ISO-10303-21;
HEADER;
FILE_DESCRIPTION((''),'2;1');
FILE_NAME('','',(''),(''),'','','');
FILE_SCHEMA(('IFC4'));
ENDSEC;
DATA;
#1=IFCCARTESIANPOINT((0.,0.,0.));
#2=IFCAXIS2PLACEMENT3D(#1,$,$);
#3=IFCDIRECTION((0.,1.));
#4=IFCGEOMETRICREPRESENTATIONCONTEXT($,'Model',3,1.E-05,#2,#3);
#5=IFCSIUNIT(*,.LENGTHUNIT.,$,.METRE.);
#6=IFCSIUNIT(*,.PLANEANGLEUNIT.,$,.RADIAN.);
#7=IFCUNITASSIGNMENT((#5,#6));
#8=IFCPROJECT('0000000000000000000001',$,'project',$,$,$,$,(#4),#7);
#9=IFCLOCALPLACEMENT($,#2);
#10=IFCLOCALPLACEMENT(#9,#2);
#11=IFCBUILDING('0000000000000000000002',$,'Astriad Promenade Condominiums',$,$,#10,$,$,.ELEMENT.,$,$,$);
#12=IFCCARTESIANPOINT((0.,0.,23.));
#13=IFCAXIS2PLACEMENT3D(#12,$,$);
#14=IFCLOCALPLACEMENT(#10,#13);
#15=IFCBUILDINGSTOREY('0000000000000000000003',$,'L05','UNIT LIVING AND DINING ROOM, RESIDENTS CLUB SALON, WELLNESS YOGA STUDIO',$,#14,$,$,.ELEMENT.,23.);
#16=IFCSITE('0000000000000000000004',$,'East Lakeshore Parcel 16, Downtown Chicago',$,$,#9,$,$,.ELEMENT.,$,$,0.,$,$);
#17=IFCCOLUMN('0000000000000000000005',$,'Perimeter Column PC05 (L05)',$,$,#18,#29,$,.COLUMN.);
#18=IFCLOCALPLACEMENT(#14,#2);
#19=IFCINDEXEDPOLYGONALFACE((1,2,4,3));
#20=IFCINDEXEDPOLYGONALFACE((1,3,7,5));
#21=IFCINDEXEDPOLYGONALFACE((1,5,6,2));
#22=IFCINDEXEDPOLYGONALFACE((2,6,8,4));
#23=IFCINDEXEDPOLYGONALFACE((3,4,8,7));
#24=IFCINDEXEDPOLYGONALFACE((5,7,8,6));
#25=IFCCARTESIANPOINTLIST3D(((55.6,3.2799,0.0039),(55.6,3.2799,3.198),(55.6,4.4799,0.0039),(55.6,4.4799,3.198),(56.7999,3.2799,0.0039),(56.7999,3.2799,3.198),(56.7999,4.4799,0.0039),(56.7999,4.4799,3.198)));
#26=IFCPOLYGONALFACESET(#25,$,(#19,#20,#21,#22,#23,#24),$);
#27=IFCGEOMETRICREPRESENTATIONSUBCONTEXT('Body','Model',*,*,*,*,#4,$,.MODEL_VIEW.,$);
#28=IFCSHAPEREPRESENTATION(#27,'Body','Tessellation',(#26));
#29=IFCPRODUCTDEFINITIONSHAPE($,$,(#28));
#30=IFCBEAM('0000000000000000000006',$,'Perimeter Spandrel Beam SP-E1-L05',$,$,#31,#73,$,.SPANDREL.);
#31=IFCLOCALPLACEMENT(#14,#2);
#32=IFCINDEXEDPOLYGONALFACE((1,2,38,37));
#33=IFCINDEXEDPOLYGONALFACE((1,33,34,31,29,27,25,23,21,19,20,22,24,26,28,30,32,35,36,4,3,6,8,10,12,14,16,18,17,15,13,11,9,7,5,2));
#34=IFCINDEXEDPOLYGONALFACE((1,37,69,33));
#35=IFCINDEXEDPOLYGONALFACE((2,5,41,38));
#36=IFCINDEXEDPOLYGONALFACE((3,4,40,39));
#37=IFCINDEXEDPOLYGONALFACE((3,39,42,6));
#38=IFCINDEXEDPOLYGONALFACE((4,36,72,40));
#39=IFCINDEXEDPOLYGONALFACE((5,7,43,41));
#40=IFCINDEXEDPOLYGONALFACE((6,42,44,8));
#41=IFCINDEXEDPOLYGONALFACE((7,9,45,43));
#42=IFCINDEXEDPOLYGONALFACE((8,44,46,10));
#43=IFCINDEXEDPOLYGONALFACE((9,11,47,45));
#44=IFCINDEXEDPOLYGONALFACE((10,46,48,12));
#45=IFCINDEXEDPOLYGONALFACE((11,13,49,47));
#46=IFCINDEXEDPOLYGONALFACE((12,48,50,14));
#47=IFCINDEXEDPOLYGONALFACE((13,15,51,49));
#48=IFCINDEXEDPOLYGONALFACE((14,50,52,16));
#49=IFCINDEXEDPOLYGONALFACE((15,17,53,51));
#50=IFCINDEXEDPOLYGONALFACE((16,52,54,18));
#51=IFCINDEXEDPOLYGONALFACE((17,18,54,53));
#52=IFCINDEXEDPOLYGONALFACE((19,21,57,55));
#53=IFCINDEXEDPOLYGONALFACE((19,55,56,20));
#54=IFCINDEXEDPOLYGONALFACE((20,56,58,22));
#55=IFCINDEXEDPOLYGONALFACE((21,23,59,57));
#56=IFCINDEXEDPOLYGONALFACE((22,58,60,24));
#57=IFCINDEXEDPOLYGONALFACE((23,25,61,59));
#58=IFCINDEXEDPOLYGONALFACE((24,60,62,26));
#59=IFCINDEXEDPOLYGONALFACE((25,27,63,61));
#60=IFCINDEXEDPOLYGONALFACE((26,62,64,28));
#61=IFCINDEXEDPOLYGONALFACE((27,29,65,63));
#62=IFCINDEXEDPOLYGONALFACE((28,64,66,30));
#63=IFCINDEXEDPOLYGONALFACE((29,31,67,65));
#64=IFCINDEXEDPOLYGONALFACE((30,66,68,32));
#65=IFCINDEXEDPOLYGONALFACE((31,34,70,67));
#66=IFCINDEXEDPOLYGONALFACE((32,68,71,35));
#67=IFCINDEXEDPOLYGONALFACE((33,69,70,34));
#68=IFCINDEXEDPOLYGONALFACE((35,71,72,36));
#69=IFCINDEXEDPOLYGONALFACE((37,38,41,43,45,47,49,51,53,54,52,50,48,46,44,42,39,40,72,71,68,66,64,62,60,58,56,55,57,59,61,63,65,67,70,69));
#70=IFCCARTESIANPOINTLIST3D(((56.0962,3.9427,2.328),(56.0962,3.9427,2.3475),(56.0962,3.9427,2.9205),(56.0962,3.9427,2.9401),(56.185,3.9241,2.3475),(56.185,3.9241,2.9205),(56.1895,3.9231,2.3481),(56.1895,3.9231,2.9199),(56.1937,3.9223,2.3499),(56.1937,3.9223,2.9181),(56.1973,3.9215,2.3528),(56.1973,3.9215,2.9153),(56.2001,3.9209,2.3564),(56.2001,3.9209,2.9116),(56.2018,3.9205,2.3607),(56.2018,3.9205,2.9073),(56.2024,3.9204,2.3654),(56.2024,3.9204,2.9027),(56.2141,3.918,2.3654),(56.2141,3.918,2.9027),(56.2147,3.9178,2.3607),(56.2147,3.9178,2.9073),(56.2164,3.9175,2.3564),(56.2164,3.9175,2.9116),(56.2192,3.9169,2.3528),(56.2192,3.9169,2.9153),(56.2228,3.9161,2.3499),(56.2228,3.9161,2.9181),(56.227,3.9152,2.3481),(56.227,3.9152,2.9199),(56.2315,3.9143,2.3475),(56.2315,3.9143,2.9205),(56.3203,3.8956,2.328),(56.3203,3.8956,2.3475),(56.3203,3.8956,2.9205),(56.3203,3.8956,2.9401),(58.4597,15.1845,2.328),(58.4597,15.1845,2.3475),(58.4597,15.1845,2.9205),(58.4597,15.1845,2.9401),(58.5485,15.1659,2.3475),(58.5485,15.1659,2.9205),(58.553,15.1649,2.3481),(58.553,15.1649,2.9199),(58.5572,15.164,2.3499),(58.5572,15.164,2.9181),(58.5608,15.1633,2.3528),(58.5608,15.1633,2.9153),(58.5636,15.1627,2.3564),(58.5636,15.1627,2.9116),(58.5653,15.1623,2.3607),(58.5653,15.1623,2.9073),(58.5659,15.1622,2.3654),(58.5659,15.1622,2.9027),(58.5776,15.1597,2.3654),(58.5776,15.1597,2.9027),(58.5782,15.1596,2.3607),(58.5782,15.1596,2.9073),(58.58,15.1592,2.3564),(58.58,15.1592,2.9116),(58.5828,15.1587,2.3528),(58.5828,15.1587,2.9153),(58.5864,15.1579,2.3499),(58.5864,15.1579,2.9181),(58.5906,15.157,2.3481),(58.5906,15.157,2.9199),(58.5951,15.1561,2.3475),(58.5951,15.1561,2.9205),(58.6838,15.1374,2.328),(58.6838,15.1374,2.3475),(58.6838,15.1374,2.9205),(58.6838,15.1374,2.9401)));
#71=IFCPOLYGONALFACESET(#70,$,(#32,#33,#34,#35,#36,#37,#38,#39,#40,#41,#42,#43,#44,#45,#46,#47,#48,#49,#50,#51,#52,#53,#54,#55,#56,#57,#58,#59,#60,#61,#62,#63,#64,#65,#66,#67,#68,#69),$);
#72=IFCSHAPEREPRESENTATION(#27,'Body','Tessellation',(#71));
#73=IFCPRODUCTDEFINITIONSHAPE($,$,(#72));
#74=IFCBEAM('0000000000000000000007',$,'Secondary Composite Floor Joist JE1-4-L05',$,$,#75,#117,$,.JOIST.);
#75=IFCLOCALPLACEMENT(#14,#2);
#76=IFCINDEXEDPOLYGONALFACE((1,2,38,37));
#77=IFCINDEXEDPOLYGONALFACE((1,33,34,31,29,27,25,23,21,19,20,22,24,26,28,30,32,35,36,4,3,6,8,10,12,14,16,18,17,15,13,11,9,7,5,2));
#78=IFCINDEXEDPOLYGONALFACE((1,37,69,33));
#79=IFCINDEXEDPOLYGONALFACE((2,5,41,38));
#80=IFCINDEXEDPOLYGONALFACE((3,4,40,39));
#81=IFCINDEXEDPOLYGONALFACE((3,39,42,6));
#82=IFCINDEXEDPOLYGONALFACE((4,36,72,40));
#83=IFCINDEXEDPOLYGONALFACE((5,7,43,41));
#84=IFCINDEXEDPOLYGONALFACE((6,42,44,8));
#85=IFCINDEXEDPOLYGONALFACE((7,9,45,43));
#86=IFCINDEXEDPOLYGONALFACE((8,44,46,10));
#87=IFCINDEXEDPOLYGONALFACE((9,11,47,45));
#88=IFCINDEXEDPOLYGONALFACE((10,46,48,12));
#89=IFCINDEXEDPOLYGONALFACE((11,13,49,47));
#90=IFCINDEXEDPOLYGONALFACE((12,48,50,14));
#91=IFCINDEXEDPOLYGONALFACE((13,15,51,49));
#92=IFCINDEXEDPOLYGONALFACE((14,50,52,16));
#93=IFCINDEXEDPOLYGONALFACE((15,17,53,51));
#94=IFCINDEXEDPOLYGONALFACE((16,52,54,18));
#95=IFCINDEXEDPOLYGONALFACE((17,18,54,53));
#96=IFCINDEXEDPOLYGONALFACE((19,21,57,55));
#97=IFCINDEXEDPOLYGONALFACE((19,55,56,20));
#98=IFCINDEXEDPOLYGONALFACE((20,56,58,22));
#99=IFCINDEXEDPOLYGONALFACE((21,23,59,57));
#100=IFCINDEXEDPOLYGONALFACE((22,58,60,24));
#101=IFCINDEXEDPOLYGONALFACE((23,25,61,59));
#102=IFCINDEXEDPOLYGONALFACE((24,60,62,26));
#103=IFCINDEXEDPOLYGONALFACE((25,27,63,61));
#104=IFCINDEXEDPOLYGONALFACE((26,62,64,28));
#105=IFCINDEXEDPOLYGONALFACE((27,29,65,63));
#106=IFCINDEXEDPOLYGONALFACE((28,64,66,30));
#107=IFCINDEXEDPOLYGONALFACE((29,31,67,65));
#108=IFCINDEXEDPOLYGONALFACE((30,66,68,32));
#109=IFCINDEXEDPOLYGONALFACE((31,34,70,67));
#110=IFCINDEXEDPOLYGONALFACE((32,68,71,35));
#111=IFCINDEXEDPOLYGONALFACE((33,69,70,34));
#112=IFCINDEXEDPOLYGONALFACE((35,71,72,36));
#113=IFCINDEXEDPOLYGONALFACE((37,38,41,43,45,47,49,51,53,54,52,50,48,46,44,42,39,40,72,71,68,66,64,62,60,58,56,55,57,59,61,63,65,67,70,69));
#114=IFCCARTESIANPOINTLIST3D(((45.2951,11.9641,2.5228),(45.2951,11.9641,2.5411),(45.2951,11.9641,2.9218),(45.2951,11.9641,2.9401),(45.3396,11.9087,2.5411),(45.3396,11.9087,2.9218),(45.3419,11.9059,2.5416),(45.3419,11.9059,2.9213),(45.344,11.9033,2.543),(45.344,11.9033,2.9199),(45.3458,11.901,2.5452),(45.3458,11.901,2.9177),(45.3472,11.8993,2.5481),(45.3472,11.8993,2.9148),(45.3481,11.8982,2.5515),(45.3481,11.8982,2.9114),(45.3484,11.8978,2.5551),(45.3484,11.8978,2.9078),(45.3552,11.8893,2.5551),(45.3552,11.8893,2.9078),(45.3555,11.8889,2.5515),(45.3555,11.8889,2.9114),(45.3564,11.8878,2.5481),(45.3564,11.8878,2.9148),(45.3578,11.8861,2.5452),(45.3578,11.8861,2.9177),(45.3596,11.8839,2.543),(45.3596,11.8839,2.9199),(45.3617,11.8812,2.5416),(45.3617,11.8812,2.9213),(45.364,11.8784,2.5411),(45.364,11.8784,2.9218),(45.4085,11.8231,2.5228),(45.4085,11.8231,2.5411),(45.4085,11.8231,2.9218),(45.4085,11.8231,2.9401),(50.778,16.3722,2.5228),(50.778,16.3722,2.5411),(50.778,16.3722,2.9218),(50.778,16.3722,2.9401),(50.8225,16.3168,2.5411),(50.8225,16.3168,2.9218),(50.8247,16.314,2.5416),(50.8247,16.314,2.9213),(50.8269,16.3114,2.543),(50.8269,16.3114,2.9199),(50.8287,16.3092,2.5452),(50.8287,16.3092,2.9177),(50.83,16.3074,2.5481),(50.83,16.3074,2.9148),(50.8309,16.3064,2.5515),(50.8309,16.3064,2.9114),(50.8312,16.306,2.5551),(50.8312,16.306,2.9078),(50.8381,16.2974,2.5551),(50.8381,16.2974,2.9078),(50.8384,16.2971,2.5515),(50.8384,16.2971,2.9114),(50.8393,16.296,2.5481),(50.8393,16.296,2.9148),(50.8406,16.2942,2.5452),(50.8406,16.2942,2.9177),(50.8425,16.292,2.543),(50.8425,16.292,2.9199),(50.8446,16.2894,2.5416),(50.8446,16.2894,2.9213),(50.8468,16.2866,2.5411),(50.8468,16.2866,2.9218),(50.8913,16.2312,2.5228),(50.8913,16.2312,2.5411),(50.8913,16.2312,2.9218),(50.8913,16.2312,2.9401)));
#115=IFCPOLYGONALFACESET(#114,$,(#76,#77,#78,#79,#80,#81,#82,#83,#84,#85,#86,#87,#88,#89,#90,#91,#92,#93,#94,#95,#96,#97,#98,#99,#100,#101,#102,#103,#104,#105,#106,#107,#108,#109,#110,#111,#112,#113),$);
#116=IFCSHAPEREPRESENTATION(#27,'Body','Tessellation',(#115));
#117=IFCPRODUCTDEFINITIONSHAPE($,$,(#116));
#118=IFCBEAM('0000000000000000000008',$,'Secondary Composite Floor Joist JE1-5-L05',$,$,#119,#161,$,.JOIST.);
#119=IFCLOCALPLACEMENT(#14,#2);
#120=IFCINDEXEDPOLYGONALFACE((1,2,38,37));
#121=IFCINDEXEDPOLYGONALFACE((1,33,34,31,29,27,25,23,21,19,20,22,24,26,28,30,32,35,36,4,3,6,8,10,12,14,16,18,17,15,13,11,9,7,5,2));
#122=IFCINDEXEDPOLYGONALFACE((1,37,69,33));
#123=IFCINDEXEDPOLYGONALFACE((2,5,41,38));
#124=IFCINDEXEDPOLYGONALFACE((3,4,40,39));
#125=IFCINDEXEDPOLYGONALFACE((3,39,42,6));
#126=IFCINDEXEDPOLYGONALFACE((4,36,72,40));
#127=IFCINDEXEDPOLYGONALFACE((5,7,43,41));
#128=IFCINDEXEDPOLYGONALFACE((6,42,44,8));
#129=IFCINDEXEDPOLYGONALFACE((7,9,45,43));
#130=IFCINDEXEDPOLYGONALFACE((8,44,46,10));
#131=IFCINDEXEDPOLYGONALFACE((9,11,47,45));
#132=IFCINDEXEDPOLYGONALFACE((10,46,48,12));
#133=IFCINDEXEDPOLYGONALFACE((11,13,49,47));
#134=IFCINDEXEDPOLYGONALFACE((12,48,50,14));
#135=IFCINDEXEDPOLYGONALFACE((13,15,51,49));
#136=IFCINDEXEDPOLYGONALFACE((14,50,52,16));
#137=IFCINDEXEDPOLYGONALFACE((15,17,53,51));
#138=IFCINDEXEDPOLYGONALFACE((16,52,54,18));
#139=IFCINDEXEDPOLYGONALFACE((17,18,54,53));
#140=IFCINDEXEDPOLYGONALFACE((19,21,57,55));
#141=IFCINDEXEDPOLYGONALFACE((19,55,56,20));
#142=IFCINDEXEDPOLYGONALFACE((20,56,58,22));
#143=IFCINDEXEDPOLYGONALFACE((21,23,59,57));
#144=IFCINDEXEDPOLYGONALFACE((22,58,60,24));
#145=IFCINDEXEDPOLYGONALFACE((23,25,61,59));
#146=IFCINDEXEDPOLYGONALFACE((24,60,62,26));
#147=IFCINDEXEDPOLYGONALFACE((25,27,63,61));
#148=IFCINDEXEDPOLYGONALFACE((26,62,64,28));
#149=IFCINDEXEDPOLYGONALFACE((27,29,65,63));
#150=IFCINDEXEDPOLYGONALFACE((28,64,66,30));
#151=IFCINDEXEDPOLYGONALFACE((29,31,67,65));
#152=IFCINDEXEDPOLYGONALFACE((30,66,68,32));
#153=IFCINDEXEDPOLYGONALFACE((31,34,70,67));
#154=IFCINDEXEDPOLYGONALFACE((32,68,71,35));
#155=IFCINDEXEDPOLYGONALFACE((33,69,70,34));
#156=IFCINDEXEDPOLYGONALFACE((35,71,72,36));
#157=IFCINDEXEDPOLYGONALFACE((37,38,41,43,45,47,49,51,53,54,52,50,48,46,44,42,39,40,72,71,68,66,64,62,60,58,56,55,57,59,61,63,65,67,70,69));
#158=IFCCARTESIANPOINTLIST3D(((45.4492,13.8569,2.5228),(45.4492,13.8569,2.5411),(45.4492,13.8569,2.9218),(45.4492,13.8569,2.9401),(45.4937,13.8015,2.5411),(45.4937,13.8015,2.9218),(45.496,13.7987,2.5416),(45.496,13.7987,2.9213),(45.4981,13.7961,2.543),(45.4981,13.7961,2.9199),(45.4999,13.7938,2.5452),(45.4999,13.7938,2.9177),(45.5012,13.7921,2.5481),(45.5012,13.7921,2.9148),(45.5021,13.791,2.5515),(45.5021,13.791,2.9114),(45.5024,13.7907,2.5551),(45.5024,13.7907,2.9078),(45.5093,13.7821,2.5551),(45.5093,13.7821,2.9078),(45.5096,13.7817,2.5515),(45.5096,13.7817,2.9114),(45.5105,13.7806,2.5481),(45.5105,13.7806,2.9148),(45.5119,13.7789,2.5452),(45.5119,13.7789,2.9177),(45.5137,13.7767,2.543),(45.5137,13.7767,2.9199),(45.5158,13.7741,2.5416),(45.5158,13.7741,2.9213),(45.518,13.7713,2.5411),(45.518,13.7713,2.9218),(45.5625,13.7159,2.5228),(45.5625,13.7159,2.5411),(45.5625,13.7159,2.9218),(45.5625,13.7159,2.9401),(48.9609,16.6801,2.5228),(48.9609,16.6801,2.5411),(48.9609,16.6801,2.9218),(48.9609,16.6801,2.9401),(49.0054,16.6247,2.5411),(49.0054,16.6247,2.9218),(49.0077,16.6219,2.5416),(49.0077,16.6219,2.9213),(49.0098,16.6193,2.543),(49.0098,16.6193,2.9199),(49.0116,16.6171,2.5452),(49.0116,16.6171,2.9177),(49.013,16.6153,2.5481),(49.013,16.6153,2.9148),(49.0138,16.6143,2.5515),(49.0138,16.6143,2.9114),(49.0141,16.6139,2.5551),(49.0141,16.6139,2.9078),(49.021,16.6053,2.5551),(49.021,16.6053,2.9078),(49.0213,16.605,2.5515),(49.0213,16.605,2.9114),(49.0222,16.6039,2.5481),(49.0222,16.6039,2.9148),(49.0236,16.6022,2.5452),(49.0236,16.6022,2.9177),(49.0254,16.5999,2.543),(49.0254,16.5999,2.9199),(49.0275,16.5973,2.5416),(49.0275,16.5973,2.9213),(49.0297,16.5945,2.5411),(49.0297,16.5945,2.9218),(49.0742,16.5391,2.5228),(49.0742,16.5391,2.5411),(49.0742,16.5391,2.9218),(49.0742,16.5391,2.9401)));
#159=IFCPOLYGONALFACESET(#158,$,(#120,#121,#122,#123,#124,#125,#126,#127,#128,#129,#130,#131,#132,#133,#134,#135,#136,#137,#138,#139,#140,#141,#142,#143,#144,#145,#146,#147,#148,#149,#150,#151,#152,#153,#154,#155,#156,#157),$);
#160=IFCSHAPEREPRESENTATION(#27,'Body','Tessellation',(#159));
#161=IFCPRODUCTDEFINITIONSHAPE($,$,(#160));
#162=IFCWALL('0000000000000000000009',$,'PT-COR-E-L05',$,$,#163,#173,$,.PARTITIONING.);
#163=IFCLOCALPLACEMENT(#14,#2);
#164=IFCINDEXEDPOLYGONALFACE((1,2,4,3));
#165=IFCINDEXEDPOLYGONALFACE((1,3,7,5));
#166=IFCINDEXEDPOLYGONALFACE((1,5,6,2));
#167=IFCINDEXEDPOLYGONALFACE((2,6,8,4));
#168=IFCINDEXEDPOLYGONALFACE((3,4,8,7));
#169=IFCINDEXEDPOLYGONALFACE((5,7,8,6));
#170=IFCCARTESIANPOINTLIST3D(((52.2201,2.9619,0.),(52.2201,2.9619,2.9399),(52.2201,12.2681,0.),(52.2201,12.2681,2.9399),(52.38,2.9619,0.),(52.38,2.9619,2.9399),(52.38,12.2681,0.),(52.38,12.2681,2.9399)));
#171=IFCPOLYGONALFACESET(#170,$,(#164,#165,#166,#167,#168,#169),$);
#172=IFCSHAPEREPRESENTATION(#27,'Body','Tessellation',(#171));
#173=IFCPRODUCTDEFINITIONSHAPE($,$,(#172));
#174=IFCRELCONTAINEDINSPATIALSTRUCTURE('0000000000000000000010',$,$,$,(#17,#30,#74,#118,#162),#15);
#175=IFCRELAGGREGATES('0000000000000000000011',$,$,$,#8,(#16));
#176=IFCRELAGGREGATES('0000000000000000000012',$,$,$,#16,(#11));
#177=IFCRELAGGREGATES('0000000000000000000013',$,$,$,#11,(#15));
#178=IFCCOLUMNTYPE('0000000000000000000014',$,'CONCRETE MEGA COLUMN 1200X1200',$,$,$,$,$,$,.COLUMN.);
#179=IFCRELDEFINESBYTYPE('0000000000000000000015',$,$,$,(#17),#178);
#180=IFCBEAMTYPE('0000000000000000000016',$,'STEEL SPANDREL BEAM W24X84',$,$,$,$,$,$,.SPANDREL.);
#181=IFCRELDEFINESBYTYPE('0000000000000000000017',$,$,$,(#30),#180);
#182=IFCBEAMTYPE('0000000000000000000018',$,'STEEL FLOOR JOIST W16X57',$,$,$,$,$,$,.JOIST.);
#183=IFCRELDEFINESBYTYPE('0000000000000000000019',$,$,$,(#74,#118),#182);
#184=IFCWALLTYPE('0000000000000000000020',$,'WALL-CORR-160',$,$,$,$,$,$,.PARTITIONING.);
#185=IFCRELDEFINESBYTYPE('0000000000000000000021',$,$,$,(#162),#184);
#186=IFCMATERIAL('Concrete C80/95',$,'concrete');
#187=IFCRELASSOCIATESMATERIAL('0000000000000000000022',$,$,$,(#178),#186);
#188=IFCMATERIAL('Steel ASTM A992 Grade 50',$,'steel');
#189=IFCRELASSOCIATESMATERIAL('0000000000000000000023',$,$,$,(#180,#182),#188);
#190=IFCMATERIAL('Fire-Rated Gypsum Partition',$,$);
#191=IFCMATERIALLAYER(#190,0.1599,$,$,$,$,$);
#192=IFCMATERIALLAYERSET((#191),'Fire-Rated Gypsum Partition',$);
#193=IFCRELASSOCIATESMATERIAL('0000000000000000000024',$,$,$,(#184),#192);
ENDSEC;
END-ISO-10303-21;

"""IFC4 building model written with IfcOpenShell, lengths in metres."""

from ifc_helpers import new_model, si_unit, direction, frame, frame_2d, origin, origin_2d, place, context, subcontext, project, spatial, rectangle, i_section, extrude, source, transform, mapped, material, layer, layer_set, material_profile, profile_set, type_object, type_shapes, element, save


model = new_model("IFC4")

# Units and contexts
model_context = context("Model", 3, precision=1e-05, world=origin(), true_north=direction((0.0, 1.0)))
body_context = subcontext(model_context, "Body", "Model", "MODEL_VIEW")
ifc_project = project(units=[si_unit("LENGTHUNIT", "METRE"), si_unit("PLANEANGLEUNIT", "RADIAN")], contexts=[model_context])

# Site, building, storey
site_placement = place(None, origin())
site = spatial("IfcSite", under=ifc_project, at=site_placement, Name="East Lakeshore Parcel 16, Downtown Chicago", CompositionType="ELEMENT", RefElevation=0.0)
building_placement = place(site_placement, origin())
building = spatial("IfcBuilding", under=site, at=building_placement, Name="Astriad Promenade Condominiums", CompositionType="ELEMENT")
storey_placement = place(building_placement, frame((0.0, 0.0, 23.0)))
storey = spatial("IfcBuildingStorey", under=building, at=storey_placement, Name="L05", Description="UNIT LIVING AND DINING ROOM, RESIDENTS CLUB SALON, WELLNESS YOGA STUDIO", CompositionType="ELEMENT", Elevation=23.0)

# Column
ifc_material_1 = material(Name="Concrete C80/95", Category="concrete")
ifc_material_profile_1 = material_profile(ifc_material_1, rectangle(XDim=1.2, YDim=1.2, at=origin_2d()), Name="RC-COL-1200X1200")
ifc_profile_set_1 = profile_set([ifc_material_profile_1], Name="Concrete C80/95")
column_type = type_object("IfcColumnType", Name="CONCRETE MEGA COLUMN 1200X1200", PredefinedType="COLUMN", material=ifc_profile_set_1)
shared_shape_1 = source(origin(), body_context, "Body", "SweptSolid", [
    extrude(rectangle(XDim=1.2, YDim=1.2, at=origin_2d()), origin(), (0.0, 0.0, 1.0), 3.1941),
])
type_shapes(column_type, [shared_shape_1])
column_placement = place(storey_placement, frame((56.2, 3.8799, 0.0039), z_axis=(0.0, 0.0, 1.0), x_axis=(1.0, 0.0, 0.0)))
element("IfcColumn", 1, at=column_placement, inside=storey, type_object=column_type, Name="Perimeter Column PC05 (L05)", PredefinedType="COLUMN", context=body_context, shape_type="MappedRepresentation", body=[
    mapped(shared_shape_1, transform((0.0, 0.0, 0.0), scale=1.0)),
])

# Beams
ifc_material_2 = material(Name="Steel ASTM A992 Grade 50", Category="steel")
ifc_material_profile_2 = material_profile(ifc_material_2, i_section(OverallWidth=0.229, OverallDepth=0.6121, WebThickness=0.012, FlangeThickness=0.0195, FilletRadius=0.0178, at=origin_2d()), Name="W24X84")
ifc_profile_set_2 = profile_set([ifc_material_profile_2], Name="Steel ASTM A992 Grade 50")
beam_type_1 = type_object("IfcBeamType", Name="STEEL SPANDREL BEAM W24X84", PredefinedType="SPANDREL", material=ifc_profile_set_2)
shared_shape_2 = source(origin(), body_context, "Body", "SweptSolid", [
    extrude(i_section(OverallWidth=0.229, OverallDepth=0.6121, WebThickness=0.012, FlangeThickness=0.0195, FilletRadius=0.0178, at=origin_2d()), origin(), (0.0, 0.0, 1.0), 11.4875),
])
type_shapes(beam_type_1, [shared_shape_2])
beam_1_placement = place(storey_placement, frame((56.2083, 3.9192, 2.634), z_axis=(0.205748, 0.978605, 0.0), x_axis=(-0.978605, 0.205748, 0.0)))
element("IfcBeam", 2, at=beam_1_placement, inside=storey, type_object=beam_type_1, Name="Perimeter Spandrel Beam SP-E1-L05", PredefinedType="SPANDREL", context=body_context, shape_type="MappedRepresentation", body=[
    mapped(shared_shape_2, transform((0.0, 0.0, 0.0), scale=1.0)),
])
ifc_material_profile_3 = material_profile(ifc_material_2, i_section(OverallWidth=0.1809, OverallDepth=0.4172, WebThickness=0.011, FlangeThickness=0.0183, FilletRadius=0.0139, at=origin_2d()), Name="W16X57")
ifc_profile_set_3 = profile_set([ifc_material_profile_3], Name="Steel ASTM A992 Grade 50")
beam_type_2 = type_object("IfcBeamType", Name="STEEL FLOOR JOIST W16X57", PredefinedType="JOIST", material=ifc_profile_set_3)
shared_shape_3 = source(origin(), body_context, "Body", "SweptSolid", [
    extrude(i_section(OverallWidth=0.1809, OverallDepth=0.4172, WebThickness=0.011, FlangeThickness=0.0183, FilletRadius=0.0139, at=origin_2d()), origin(), (0.0, 0.0, 1.0), 7.0352),
])
beam_2_placement = place(storey_placement, frame((45.3518, 11.8936, 2.7314), z_axis=(0.77935, 0.626589, 0.0), x_axis=(-0.626589, 0.77935, 0.0)))
element("IfcBeam", 3, at=beam_2_placement, inside=storey, type_object=beam_type_2, Name="Secondary Composite Floor Joist JE1-4-L05", PredefinedType="JOIST", context=body_context, shape_type="MappedRepresentation", body=[
    mapped(shared_shape_3, transform((0.0, 0.0, 0.0), scale=1.0)),
])
shared_shape_4 = source(origin(), body_context, "Body", "SweptSolid", [
    extrude(i_section(OverallWidth=0.1809, OverallDepth=0.4172, WebThickness=0.011, FlangeThickness=0.0183, FilletRadius=0.0139, at=origin_2d()), origin(), (0.0, 0.0, 1.0), 4.5059),
])
type_shapes(beam_type_2, [shared_shape_3, shared_shape_4])
beam_3_placement = place(storey_placement, frame((45.5059, 13.7864, 2.7314), z_axis=(0.779365, 0.62657, 0.0), x_axis=(-0.62657, 0.779365, 0.0)))
element("IfcBeam", 4, at=beam_3_placement, inside=storey, type_object=beam_type_2, Name="Secondary Composite Floor Joist JE1-5-L05", PredefinedType="JOIST", context=body_context, shape_type="MappedRepresentation", body=[
    mapped(shared_shape_4, transform((0.0, 0.0, 0.0), scale=1.0)),
])

# Wall
ifc_material_3 = material(Name="Fire-Rated Gypsum Partition")
ifc_layer_1 = layer(ifc_material_3, 0.1599)
ifc_layer_set_1 = layer_set([ifc_layer_1], Name="Fire-Rated Gypsum Partition")
wall_type_1 = type_object("IfcWallType", Name="WALL-CORR-160", PredefinedType="PARTITIONING", material=ifc_layer_set_1)
wall_1_placement = place(storey_placement, frame((52.3, 2.9619, 0.0), z_axis=(0.0, 0.0, 1.0), x_axis=(0.0, 1.0, 0.0)))
element("IfcWall", 5, at=wall_1_placement, inside=storey, type_object=wall_type_1, Name="PT-COR-E-L05", PredefinedType="PARTITIONING", context=body_context, shape_type="SweptSolid", body=[
    extrude(rectangle(XDim=9.3062, YDim=0.1599, at=frame_2d((4.6531, 0.0))), origin(), (0.0, 0.0, 1.0), 2.9399),
])

save(model, "model.ifc")
